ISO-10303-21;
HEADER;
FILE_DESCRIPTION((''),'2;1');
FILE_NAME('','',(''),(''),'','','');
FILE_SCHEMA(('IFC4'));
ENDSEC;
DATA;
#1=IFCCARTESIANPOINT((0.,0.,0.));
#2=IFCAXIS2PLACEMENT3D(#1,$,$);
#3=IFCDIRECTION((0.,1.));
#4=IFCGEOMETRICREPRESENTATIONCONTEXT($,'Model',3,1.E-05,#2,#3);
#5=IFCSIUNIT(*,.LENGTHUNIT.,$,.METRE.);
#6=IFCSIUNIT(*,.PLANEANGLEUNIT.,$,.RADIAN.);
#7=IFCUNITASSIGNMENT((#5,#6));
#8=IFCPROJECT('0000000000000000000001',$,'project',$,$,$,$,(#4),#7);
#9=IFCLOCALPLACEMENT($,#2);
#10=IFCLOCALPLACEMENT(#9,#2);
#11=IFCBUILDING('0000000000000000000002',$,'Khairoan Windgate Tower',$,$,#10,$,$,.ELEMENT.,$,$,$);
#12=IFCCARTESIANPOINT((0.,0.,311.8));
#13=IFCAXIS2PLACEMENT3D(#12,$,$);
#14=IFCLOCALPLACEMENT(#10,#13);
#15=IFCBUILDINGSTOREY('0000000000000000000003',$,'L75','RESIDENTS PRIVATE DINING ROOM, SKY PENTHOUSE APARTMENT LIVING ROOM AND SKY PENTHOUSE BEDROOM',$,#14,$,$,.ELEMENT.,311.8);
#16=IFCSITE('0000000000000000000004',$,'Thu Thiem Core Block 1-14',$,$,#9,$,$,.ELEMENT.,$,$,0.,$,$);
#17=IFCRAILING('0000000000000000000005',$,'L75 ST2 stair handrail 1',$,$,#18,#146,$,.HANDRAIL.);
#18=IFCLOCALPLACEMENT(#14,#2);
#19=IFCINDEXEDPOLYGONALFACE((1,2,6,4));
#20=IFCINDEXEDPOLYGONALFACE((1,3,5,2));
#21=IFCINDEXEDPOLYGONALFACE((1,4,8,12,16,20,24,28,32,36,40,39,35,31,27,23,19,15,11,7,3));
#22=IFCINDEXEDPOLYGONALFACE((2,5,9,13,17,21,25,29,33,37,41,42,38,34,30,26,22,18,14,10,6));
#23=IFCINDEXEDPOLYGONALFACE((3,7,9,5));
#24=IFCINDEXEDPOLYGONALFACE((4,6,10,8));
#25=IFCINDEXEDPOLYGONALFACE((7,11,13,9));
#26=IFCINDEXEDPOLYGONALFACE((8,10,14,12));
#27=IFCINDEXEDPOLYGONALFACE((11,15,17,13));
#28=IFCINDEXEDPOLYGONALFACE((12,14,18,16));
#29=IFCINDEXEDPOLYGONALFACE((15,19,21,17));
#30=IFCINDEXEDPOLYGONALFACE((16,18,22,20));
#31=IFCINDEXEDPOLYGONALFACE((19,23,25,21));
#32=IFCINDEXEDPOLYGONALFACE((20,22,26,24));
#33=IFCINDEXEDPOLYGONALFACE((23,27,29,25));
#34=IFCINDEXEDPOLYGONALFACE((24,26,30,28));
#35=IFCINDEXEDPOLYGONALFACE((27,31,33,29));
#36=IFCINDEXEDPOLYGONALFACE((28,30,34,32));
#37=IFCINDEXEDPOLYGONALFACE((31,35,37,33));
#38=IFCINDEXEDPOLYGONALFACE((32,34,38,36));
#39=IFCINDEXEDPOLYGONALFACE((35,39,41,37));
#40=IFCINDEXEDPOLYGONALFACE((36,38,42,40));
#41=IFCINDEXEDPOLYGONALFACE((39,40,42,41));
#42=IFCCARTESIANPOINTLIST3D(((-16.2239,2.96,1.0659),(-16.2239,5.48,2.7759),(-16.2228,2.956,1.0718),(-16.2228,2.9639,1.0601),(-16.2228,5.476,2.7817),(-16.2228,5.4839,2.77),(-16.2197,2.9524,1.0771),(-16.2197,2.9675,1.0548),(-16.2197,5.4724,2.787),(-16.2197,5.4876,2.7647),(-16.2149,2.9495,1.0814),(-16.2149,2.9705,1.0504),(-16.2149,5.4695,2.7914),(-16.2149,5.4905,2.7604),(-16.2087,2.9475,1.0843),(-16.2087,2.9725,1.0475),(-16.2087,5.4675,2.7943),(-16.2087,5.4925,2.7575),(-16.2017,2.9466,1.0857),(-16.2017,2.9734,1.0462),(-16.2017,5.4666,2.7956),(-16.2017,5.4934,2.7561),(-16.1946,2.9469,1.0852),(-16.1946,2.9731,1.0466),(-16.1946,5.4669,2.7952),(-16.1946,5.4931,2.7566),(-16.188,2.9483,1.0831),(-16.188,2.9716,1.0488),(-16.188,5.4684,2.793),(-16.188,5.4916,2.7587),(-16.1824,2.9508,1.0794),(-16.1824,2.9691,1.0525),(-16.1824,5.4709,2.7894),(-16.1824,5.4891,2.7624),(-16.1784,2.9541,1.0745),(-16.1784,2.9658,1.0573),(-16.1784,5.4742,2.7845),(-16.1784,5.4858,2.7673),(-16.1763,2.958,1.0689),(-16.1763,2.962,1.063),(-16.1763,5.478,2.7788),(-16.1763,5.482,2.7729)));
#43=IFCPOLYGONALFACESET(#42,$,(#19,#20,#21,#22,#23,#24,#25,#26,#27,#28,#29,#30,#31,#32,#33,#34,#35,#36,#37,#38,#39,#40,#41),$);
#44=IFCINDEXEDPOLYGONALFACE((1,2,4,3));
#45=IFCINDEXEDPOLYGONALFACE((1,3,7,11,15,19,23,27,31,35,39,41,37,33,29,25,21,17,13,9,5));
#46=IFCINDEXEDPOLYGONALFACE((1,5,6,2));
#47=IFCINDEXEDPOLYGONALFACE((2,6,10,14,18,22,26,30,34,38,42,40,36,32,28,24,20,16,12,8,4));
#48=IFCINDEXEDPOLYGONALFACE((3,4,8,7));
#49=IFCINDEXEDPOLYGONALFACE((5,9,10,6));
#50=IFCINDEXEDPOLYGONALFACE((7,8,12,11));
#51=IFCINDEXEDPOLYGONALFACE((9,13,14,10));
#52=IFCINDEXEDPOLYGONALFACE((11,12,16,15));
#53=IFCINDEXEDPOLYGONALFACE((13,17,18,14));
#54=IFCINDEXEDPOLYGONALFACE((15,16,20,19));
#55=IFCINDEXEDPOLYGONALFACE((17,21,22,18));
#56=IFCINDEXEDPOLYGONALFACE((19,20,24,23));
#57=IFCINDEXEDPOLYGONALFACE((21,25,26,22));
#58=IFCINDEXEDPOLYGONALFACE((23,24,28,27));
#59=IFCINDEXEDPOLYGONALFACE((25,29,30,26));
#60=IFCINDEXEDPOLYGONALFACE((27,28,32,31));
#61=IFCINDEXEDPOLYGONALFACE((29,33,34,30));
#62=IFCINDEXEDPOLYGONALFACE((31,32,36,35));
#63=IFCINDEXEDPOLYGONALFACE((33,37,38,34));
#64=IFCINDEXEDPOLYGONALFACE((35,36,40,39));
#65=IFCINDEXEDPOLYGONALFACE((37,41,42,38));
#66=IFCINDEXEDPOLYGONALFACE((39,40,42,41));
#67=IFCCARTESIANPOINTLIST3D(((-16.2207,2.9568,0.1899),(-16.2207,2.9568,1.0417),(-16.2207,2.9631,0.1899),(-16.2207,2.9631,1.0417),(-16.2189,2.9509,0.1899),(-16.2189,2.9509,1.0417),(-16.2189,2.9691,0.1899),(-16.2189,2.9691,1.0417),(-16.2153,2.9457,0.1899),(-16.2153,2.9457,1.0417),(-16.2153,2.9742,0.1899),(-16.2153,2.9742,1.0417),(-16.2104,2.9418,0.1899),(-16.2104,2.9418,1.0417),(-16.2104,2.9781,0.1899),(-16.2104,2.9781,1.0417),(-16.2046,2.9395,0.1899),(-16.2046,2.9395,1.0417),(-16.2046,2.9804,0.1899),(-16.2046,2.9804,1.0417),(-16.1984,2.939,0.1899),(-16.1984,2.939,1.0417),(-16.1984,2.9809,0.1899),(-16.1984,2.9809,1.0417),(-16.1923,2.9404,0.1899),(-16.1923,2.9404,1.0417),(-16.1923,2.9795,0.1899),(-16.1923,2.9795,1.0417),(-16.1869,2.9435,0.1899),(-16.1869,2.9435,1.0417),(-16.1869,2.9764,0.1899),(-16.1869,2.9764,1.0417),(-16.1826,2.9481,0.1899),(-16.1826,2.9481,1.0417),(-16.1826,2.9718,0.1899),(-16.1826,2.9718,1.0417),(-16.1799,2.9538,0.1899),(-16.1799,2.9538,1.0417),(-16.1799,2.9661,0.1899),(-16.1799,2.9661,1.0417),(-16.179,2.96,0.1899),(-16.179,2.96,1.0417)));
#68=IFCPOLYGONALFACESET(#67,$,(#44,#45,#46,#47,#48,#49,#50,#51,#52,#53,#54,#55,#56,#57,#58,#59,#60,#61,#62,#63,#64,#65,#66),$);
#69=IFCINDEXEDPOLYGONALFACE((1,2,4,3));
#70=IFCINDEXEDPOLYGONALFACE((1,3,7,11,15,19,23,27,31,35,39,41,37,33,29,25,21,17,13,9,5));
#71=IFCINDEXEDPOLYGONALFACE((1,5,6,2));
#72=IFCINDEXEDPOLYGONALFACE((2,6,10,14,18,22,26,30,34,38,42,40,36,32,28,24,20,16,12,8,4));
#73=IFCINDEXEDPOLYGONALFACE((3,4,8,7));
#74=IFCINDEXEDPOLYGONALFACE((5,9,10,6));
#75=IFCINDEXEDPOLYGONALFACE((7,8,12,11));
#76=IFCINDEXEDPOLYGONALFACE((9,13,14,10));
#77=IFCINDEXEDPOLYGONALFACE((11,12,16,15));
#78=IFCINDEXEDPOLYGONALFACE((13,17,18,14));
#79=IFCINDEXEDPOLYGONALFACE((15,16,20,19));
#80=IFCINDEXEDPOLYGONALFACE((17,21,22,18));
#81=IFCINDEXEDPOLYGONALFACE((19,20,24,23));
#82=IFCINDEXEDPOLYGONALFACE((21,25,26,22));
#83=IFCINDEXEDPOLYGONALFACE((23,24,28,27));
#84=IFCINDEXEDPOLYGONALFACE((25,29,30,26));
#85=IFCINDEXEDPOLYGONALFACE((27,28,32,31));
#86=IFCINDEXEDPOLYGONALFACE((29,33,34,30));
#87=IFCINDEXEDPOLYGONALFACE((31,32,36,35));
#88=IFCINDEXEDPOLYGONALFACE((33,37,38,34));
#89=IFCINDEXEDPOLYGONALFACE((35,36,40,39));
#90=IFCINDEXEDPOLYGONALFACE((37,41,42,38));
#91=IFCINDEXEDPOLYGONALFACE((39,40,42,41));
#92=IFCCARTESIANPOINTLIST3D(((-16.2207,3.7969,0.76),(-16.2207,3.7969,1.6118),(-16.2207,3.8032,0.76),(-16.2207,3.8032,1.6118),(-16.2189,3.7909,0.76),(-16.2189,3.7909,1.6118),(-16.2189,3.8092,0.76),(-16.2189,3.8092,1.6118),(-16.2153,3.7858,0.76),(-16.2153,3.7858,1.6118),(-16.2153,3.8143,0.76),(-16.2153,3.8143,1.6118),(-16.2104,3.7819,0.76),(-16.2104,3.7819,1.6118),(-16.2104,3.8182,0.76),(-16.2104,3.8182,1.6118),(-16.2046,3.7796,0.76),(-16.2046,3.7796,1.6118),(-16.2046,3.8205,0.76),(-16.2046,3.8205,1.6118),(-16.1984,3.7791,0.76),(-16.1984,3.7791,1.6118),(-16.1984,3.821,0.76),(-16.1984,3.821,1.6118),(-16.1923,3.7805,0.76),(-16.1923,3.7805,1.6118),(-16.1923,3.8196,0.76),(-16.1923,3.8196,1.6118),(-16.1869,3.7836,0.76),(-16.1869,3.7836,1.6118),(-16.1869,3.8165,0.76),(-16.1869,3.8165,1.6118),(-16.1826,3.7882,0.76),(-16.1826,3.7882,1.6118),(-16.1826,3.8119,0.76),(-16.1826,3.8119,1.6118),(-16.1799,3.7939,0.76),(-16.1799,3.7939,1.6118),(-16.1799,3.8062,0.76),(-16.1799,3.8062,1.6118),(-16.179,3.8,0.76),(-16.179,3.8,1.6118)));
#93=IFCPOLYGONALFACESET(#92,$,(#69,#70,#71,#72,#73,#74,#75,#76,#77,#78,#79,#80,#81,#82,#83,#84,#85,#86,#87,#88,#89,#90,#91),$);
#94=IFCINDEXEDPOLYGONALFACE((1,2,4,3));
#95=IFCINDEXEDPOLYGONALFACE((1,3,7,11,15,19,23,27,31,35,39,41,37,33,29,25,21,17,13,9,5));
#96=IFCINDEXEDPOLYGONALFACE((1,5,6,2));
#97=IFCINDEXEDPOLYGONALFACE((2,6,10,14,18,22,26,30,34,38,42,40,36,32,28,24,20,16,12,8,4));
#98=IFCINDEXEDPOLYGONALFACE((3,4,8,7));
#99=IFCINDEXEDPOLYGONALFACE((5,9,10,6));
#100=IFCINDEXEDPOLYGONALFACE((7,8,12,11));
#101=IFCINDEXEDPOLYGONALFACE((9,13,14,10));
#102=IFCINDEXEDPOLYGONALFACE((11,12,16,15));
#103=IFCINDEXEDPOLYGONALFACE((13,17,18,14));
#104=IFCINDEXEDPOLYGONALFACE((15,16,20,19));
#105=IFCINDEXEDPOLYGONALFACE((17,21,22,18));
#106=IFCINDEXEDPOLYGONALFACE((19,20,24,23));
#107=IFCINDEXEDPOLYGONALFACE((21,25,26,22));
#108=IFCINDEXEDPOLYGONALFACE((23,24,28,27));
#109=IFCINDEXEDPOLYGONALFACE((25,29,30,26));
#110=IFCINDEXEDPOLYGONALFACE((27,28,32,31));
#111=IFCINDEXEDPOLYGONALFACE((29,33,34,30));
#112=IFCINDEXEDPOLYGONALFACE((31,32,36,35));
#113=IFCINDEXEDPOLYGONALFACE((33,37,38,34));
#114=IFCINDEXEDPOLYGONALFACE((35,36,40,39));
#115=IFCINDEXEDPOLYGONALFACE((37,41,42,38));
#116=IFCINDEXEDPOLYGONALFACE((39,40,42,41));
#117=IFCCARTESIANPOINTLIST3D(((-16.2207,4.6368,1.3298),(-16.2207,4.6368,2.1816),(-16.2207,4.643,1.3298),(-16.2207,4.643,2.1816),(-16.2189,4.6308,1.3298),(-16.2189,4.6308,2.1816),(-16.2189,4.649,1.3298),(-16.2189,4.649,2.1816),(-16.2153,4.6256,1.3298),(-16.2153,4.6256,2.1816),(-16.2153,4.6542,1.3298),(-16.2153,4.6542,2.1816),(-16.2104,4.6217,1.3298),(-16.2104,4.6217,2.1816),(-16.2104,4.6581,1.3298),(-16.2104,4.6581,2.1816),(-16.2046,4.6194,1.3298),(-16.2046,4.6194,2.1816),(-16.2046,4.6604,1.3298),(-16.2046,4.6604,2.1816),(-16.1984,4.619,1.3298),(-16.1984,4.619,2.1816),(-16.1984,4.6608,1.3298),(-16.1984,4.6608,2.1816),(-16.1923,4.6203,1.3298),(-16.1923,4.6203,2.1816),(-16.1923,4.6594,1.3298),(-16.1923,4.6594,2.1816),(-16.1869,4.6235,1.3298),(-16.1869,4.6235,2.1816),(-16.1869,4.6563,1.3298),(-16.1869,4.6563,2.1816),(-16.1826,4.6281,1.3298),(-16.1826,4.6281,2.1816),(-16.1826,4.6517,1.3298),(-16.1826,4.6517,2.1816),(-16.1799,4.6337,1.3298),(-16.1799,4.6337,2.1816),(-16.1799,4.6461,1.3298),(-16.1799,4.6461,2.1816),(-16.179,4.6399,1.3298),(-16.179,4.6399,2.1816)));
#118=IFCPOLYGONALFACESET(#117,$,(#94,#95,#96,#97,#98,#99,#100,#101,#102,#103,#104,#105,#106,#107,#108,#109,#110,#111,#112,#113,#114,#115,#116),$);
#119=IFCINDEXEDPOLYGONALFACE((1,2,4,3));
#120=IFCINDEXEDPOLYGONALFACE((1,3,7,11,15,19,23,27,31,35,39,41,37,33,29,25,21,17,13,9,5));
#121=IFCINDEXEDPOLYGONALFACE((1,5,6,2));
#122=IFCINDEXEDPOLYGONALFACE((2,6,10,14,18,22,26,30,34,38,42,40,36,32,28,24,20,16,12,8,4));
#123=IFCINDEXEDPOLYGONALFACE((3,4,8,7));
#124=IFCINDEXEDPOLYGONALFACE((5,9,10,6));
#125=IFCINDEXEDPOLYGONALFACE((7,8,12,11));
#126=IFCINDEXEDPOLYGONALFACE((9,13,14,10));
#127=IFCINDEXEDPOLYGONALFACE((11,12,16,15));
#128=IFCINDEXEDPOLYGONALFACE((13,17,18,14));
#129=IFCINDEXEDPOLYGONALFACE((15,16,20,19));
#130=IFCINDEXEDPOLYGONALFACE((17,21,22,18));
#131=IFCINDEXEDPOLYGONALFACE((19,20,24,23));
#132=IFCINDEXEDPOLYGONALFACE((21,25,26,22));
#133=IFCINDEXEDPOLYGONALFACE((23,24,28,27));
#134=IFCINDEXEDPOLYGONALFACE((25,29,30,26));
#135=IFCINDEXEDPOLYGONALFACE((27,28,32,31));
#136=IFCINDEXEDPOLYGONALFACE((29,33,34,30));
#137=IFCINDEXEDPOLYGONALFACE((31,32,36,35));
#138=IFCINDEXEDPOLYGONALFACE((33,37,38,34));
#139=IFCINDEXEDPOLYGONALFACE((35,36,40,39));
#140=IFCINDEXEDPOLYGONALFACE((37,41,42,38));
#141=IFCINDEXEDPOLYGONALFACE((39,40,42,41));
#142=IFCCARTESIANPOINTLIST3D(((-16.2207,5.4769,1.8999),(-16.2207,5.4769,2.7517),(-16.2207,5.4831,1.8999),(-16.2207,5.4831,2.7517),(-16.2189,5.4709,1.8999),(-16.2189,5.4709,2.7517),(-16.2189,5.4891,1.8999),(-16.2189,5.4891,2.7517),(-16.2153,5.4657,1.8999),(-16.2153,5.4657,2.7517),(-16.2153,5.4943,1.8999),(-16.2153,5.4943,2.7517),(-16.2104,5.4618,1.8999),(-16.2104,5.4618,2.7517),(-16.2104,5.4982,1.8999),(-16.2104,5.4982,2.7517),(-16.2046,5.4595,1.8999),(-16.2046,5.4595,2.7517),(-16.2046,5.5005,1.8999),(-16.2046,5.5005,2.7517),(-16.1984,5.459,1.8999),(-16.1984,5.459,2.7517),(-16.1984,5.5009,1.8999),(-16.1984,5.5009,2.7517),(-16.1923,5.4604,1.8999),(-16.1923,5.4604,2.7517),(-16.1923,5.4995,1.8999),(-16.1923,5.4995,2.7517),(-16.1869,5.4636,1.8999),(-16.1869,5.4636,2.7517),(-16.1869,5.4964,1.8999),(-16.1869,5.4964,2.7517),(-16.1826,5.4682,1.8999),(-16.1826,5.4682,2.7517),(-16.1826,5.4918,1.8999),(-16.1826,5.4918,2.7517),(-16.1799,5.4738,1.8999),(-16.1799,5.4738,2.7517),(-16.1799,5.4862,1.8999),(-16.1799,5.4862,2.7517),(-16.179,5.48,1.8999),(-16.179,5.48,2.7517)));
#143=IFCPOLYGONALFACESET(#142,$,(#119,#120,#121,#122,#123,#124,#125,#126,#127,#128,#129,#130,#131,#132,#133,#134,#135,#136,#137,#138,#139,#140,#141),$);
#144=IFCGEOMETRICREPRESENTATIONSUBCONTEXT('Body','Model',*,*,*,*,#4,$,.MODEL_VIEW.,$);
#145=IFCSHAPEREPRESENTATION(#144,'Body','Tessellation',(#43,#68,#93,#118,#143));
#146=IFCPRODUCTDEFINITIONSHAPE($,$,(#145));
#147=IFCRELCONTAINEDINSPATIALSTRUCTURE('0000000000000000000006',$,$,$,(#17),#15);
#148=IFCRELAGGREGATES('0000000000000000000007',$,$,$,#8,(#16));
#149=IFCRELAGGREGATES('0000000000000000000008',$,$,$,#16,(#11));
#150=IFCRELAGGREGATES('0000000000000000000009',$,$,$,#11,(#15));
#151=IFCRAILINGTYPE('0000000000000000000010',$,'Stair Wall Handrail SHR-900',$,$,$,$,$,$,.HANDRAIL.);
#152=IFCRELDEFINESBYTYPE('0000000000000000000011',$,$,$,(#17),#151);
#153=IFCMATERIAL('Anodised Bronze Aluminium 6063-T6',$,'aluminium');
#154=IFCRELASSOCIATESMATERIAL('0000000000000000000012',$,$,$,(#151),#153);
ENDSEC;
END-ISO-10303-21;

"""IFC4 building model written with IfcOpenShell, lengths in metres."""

from ifc_helpers import new_model, si_unit, direction, frame, origin, origin_2d, place, context, subcontext, project, spatial, circle, extrude, material, type_object, element, save


model = new_model("IFC4")

# Units and contexts
model_context = context("Model", 3, precision=1e-05, world=origin(), true_north=direction((0.0, 1.0)))
body_context = subcontext(model_context, "Body", "Model", "MODEL_VIEW")
ifc_project = project(units=[si_unit("LENGTHUNIT", "METRE"), si_unit("PLANEANGLEUNIT", "RADIAN")], contexts=[model_context])

# Site, building, storey
site_placement = place(None, origin())
site = spatial("IfcSite", under=ifc_project, at=site_placement, Name="Thu Thiem Core Block 1-14", CompositionType="ELEMENT", RefElevation=0.0)
building_placement = place(site_placement, origin())
building = spatial("IfcBuilding", under=site, at=building_placement, Name="Khairoan Windgate Tower", CompositionType="ELEMENT")
storey_placement = place(building_placement, frame((0.0, 0.0, 311.8)))
storey = spatial("IfcBuildingStorey", under=building, at=storey_placement, Name="L75", Description="RESIDENTS PRIVATE DINING ROOM, SKY PENTHOUSE APARTMENT LIVING ROOM AND SKY PENTHOUSE BEDROOM", CompositionType="ELEMENT", Elevation=311.8)

# Railing
ifc_material_1 = material(Name="Anodised Bronze Aluminium 6063-T6", Category="aluminium")
railing_type_1 = type_object("IfcRailingType", Name="Stair Wall Handrail SHR-900", PredefinedType="HANDRAIL", material=ifc_material_1)
railing_1_placement = place(storey_placement, frame((-16.2, 2.96, 0.1899)))
element("IfcRailing", 1, at=railing_1_placement, inside=storey, type_object=railing_type_1, Name="L75 ST2 stair handrail 1", PredefinedType="HANDRAIL", context=body_context, shape_type="SweptSolid", body=[
    extrude(circle(Radius=0.0239, at=origin_2d()), frame((0.0, 0.0, 0.876), z_axis=(0.0, 0.827484, 0.56149), x_axis=(-1.0, 0.0, 0.0)), (0.0, 0.0, 1.0), 3.0454),
    extrude(circle(Radius=0.021, at=origin_2d()), origin(), (0.0, 0.0, 1.0), 0.8518),
    extrude(circle(Radius=0.021, at=origin_2d()), frame((0.0, 0.8401, 0.5701)), (0.0, 0.0, 1.0), 0.8518),
    extrude(circle(Radius=0.021, at=origin_2d()), frame((0.0, 1.6799, 1.1399)), (0.0, 0.0, 1.0), 0.8518),
    extrude(circle(Radius=0.021, at=origin_2d()), frame((0.0, 2.52, 1.71)), (0.0, 0.0, 1.0), 0.8518),
])

save(model, "model.ifc")
